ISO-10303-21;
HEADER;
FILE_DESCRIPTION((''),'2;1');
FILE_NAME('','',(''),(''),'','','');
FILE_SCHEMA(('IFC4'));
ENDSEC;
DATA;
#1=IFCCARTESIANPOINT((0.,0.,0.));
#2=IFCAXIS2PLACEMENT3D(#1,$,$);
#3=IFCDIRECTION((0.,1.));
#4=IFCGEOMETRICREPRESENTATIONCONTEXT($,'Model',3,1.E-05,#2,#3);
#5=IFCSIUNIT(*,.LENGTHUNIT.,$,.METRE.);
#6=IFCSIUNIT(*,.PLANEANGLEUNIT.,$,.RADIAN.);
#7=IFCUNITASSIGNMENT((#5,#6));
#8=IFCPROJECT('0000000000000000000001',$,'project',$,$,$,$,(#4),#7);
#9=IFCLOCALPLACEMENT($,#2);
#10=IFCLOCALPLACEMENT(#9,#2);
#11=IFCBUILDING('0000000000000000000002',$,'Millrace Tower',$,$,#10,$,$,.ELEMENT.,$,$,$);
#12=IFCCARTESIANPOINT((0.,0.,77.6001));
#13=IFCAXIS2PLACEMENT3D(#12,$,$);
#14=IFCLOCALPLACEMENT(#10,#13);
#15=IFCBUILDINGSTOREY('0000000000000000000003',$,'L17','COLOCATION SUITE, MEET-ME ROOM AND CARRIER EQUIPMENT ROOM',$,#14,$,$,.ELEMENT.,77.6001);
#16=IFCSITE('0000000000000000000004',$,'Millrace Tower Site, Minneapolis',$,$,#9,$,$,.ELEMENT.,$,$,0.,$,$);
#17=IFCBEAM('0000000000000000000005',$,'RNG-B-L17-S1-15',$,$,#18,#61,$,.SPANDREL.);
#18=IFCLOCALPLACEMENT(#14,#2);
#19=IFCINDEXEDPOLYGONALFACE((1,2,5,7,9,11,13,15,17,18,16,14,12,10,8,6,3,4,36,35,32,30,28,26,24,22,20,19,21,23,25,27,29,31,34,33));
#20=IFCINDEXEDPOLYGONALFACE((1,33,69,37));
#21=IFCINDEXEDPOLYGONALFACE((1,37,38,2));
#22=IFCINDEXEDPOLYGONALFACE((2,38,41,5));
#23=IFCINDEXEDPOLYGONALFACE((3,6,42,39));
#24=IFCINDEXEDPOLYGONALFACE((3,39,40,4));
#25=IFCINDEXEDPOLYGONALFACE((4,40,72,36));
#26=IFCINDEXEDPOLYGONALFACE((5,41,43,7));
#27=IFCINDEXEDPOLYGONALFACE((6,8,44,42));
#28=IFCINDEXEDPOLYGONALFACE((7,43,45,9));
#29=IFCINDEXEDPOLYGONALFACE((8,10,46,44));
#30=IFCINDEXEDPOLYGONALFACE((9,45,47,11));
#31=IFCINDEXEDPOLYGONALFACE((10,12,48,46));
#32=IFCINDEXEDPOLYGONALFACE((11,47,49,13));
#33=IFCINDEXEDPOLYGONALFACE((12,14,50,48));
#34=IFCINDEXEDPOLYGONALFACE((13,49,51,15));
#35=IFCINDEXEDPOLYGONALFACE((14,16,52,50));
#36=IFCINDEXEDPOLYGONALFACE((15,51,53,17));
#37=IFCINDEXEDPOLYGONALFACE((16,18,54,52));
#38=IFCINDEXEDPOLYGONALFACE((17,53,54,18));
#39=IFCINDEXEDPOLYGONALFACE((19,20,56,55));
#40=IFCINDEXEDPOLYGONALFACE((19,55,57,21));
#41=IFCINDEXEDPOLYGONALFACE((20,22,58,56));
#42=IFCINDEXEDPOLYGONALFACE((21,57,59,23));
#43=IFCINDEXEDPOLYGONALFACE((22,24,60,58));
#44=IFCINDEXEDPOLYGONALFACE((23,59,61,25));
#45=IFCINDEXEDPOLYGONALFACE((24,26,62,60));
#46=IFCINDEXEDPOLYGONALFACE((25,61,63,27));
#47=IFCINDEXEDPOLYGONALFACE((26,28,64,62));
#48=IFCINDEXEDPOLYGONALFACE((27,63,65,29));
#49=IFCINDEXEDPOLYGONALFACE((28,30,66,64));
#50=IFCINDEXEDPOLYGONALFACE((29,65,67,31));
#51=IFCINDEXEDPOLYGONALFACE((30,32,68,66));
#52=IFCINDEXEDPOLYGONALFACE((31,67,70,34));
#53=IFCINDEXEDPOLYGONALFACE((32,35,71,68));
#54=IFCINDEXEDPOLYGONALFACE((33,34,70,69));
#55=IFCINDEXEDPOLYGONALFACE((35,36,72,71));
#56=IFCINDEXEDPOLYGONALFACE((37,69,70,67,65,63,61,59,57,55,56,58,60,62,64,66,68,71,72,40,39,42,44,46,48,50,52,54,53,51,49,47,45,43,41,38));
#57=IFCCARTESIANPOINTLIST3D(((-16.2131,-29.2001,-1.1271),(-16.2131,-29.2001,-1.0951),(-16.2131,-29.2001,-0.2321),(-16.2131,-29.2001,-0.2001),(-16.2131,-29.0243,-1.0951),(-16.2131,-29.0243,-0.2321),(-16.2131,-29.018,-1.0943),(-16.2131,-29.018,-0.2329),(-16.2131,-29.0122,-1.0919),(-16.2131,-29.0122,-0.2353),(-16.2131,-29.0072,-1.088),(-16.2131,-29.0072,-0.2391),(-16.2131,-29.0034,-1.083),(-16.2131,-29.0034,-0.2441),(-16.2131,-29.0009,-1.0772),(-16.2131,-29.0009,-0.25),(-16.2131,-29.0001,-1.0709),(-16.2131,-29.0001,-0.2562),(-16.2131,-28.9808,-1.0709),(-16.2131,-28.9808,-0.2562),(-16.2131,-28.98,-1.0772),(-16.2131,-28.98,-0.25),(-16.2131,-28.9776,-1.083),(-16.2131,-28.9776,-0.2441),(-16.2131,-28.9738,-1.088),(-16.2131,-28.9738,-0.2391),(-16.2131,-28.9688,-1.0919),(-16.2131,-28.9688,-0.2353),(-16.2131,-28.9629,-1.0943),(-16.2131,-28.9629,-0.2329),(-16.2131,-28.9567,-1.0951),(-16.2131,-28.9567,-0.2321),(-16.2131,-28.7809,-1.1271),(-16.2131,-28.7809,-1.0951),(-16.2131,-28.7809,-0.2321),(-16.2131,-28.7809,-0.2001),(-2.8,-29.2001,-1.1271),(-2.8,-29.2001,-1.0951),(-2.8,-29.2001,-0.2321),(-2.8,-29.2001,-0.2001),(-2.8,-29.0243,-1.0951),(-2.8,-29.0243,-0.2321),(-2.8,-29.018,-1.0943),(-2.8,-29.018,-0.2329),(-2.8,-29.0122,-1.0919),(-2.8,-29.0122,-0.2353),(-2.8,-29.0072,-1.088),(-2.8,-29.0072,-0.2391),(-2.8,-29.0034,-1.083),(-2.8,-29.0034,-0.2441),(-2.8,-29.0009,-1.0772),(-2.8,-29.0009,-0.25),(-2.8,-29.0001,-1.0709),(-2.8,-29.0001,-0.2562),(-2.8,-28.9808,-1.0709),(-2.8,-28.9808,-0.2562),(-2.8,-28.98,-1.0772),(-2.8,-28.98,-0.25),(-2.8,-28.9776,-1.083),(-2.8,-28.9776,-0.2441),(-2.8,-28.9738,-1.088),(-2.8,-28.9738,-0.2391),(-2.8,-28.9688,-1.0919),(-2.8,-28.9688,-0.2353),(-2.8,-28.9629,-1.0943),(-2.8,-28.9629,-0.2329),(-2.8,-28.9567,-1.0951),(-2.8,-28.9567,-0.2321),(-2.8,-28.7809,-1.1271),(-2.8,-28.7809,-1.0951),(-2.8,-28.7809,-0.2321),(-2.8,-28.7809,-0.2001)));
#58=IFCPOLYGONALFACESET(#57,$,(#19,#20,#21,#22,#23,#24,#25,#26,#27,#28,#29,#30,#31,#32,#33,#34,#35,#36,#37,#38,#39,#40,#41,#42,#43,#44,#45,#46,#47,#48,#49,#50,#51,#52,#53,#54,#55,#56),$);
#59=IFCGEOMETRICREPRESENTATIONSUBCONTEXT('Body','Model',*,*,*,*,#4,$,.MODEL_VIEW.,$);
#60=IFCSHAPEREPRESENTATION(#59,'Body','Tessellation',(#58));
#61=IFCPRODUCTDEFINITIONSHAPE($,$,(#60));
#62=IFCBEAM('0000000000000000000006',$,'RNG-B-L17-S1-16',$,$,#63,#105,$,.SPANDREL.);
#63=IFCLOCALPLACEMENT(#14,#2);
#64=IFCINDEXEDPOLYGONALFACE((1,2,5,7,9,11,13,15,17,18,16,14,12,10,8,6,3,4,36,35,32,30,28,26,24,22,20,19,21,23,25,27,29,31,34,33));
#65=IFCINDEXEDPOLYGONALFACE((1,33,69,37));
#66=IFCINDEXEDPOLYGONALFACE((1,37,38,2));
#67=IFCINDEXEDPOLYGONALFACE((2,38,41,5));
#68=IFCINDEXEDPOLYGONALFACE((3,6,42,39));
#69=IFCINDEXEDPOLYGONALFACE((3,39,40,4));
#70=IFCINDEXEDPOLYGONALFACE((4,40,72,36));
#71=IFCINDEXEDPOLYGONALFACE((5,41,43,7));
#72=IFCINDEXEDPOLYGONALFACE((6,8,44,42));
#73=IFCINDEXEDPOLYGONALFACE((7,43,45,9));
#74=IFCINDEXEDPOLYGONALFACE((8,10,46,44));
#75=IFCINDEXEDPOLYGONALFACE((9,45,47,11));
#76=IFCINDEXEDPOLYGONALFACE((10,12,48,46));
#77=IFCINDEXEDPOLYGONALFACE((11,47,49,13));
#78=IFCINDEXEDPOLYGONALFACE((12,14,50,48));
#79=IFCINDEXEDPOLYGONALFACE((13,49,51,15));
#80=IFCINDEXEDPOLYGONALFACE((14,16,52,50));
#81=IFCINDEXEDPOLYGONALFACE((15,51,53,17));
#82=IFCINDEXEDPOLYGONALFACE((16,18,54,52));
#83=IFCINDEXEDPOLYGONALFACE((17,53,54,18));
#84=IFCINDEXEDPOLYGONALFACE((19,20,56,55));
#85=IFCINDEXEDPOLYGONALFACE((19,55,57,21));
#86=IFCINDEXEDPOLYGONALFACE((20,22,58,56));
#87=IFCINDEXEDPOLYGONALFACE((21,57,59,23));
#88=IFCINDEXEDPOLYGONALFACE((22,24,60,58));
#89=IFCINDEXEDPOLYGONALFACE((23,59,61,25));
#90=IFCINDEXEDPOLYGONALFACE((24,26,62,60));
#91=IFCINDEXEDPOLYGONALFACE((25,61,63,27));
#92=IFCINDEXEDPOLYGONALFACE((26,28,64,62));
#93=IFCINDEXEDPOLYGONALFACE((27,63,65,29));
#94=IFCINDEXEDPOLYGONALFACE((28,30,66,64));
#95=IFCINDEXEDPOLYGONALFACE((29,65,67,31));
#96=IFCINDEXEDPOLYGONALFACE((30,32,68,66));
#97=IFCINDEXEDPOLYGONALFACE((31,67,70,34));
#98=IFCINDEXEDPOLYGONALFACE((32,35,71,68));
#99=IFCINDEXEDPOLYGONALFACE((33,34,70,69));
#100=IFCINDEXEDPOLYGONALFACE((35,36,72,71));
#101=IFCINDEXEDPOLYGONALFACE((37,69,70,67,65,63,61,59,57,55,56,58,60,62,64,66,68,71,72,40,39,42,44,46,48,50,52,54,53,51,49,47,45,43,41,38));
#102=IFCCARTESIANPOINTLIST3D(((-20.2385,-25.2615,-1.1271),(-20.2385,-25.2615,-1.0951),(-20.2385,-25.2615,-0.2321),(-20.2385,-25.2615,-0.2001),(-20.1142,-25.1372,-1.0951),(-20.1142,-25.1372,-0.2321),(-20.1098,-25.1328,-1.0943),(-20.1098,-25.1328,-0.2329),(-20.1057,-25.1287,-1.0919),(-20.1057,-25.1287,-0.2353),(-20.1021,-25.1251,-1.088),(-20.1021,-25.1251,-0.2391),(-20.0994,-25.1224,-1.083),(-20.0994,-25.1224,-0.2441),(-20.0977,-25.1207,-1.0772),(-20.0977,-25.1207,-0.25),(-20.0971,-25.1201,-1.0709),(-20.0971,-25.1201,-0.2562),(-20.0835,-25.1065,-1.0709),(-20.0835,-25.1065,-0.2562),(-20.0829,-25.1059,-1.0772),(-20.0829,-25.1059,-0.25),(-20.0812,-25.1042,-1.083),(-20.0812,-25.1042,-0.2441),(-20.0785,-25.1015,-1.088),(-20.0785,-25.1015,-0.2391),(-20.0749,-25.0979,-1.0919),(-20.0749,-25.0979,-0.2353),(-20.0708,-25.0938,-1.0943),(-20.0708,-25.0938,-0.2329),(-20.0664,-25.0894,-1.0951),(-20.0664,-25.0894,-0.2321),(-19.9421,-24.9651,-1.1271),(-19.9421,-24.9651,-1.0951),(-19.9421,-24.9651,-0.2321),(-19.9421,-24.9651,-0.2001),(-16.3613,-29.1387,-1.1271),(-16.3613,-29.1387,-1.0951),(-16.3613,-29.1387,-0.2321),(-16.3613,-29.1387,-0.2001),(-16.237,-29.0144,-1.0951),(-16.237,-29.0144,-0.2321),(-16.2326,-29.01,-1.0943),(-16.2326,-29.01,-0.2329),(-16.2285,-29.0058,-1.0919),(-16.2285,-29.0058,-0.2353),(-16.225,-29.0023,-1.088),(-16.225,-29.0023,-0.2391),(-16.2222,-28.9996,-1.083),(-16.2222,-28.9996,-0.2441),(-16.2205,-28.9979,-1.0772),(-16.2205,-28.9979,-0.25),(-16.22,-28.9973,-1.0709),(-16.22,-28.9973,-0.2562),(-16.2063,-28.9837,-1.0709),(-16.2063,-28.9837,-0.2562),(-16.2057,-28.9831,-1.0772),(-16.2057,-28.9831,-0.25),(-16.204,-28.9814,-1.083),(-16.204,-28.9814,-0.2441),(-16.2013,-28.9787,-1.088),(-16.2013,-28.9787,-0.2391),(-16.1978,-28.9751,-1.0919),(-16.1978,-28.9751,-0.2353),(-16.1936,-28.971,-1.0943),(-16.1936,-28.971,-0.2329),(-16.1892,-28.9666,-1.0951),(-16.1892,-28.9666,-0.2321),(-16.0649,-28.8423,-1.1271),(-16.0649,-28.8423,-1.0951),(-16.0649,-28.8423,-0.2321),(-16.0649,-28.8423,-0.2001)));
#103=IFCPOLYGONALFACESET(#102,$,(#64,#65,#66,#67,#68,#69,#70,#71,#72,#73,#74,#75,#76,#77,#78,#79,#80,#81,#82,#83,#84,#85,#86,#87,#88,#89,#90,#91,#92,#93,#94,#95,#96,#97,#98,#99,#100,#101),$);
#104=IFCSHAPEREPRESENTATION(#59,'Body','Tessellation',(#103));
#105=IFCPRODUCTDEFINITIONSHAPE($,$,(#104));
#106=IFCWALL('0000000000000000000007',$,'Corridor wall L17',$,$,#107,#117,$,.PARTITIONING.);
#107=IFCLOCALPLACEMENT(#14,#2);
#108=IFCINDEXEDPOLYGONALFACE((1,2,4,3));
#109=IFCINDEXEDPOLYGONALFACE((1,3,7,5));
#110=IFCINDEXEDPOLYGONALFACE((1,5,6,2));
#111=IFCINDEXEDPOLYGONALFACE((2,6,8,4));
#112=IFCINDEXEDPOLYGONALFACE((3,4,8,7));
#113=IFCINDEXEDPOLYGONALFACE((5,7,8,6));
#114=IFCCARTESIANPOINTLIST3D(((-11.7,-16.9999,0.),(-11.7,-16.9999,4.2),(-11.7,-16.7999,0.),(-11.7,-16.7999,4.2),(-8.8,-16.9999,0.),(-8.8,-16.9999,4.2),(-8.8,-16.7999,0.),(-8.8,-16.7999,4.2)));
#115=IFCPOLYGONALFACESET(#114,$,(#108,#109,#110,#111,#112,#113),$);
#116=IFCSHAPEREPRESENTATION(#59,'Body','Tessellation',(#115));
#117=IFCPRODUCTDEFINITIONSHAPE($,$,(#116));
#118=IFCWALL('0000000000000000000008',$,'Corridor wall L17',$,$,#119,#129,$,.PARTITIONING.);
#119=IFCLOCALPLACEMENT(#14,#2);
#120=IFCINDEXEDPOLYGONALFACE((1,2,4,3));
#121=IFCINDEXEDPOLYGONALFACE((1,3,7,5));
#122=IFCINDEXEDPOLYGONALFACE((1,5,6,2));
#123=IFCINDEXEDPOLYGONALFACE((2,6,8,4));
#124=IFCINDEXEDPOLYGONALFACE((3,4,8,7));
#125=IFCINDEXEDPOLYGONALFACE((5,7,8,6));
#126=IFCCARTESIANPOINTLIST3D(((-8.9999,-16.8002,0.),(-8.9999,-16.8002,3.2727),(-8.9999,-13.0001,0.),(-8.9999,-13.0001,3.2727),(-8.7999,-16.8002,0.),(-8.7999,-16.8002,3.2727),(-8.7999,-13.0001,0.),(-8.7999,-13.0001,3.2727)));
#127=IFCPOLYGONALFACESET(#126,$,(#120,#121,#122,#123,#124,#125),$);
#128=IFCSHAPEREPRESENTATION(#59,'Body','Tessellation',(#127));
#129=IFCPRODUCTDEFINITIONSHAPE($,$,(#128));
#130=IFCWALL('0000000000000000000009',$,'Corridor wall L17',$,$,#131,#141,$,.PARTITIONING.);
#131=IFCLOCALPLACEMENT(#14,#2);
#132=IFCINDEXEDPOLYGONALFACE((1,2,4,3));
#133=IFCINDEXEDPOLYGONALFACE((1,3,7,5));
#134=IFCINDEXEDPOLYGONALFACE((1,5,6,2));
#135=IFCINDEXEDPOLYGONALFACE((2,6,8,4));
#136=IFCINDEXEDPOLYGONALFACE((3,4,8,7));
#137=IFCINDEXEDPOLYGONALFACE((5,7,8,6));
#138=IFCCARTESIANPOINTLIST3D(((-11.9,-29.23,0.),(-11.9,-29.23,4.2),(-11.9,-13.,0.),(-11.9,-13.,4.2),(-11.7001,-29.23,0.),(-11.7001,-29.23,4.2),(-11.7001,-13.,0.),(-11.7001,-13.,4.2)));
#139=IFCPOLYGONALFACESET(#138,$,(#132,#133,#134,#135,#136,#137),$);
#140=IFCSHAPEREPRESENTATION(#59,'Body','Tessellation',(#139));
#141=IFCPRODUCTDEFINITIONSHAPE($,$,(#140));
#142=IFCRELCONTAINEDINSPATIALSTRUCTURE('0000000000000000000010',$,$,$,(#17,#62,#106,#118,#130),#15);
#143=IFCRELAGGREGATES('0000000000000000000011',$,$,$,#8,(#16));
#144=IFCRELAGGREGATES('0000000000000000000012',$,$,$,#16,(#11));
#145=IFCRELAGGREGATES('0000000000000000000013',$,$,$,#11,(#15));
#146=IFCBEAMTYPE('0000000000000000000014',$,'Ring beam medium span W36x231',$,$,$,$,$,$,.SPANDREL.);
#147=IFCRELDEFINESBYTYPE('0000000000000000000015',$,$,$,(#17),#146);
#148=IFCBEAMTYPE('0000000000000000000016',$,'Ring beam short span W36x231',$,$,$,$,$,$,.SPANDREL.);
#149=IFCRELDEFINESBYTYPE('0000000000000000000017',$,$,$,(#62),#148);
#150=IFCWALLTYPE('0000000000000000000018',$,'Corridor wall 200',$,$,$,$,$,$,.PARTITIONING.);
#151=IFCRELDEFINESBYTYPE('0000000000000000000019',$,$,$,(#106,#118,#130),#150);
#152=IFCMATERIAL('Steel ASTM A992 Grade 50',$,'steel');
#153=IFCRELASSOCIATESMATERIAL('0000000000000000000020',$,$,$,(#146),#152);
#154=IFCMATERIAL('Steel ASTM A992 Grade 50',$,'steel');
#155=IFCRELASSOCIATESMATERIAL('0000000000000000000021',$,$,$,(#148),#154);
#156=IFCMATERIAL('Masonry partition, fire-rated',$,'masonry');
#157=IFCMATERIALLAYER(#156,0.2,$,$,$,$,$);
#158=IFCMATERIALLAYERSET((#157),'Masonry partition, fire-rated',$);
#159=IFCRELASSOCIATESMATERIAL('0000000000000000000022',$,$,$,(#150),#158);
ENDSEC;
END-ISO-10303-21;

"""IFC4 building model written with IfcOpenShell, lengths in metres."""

from ifc_helpers import new_model, si_unit, direction, frame, frame_2d, origin, origin_2d, place, context, subcontext, project, spatial, rectangle, i_section, extrude, material, layer, layer_set, material_profile, profile_set, type_object, element, save


model = new_model("IFC4")

# Units and contexts
model_context = context("Model", 3, precision=1e-05, world=origin(), true_north=direction((0.0, 1.0)))
body_context = subcontext(model_context, "Body", "Model", "MODEL_VIEW")
ifc_project = project(units=[si_unit("LENGTHUNIT", "METRE"), si_unit("PLANEANGLEUNIT", "RADIAN")], contexts=[model_context])

# Site, building, storey
site_placement = place(None, origin())
site = spatial("IfcSite", under=ifc_project, at=site_placement, Name="Millrace Tower Site, Minneapolis", CompositionType="ELEMENT", RefElevation=0.0)
building_placement = place(site_placement, origin())
building = spatial("IfcBuilding", under=site, at=building_placement, Name="Millrace Tower", CompositionType="ELEMENT")
storey_placement = place(building_placement, frame((0.0, 0.0, 77.6001)))
storey = spatial("IfcBuildingStorey", under=building, at=storey_placement, Name="L17", Description="COLOCATION SUITE, MEET-ME ROOM AND CARRIER EQUIPMENT ROOM", CompositionType="ELEMENT", Elevation=77.6001)

# Beams
ifc_material_1 = material(Name="Steel ASTM A992 Grade 50", Category="steel")
ifc_material_profile_1 = material_profile(ifc_material_1, i_section(OverallWidth=0.4192, OverallDepth=0.927, WebThickness=0.0193, FlangeThickness=0.032, FilletRadius=0.0242, at=origin_2d()))
ifc_profile_set_1 = profile_set([ifc_material_profile_1], Name="Steel ASTM A992 Grade 50")
beam_type_1 = type_object("IfcBeamType", Name="Ring beam medium span W36x231", PredefinedType="SPANDREL", material=ifc_profile_set_1)
beam_1_placement = place(storey_placement, frame((-2.8, -28.9905, -0.6636), z_axis=(-1.0, 0.0, 0.0), x_axis=(0.0, -1.0, 0.0)))
element("IfcBeam", 1, at=beam_1_placement, inside=storey, type_object=beam_type_1, Name="RNG-B-L17-S1-15", PredefinedType="SPANDREL", context=body_context, shape_type="SweptSolid", body=[
    extrude(i_section(OverallWidth=0.4192, OverallDepth=0.927, WebThickness=0.0193, FlangeThickness=0.032, FilletRadius=0.0242, at=origin_2d()), origin(), (0.0, 0.0, 1.0), 13.4131),
])
ifc_material_2 = material(Name="Steel ASTM A992 Grade 50", Category="steel")
ifc_material_profile_2 = material_profile(ifc_material_2, i_section(OverallWidth=0.4192, OverallDepth=0.927, WebThickness=0.0193, FlangeThickness=0.032, FilletRadius=0.0242, at=origin_2d()))
ifc_profile_set_2 = profile_set([ifc_material_profile_2], Name="Steel ASTM A992 Grade 50")
beam_type_2 = type_object("IfcBeamType", Name="Ring beam short span W36x231", PredefinedType="SPANDREL", material=ifc_profile_set_2)
beam_2_placement = place(storey_placement, frame((-16.2131, -28.9905, -0.6636), z_axis=(-0.707107, 0.707107, 0.0), x_axis=(-0.707107, -0.707107, 0.0)))
element("IfcBeam", 2, at=beam_2_placement, inside=storey, type_object=beam_type_2, Name="RNG-B-L17-S1-16", PredefinedType="SPANDREL", context=body_context, shape_type="SweptSolid", body=[
    extrude(i_section(OverallWidth=0.4192, OverallDepth=0.927, WebThickness=0.0193, FlangeThickness=0.032, FilletRadius=0.0242, at=origin_2d()), origin(), (0.0, 0.0, 1.0), 5.4832),
])

# Walls
ifc_material_3 = material(Name="Masonry partition, fire-rated", Category="masonry")
ifc_layer_1 = layer(ifc_material_3, 0.2)
ifc_layer_set_1 = layer_set([ifc_layer_1], Name="Masonry partition, fire-rated")
wall_type = type_object("IfcWallType", Name="Corridor wall 200", PredefinedType="PARTITIONING", material=ifc_layer_set_1)
wall_1_placement = place(storey_placement, frame((-11.7, -16.8999, 0.0), z_axis=(0.0, 0.0, 1.0), x_axis=(1.0, 0.0, 0.0)))
element("IfcWall", 3, at=wall_1_placement, inside=storey, type_object=wall_type, Name="Corridor wall L17", PredefinedType="PARTITIONING", context=body_context, shape_type="SweptSolid", body=[
    extrude(rectangle(XDim=2.8999, YDim=0.2, at=frame_2d((1.45, 0.0))), origin(), (0.0, 0.0, 1.0), 4.2),
])
wall_2_placement = place(storey_placement, frame((-8.8999, -16.8, 0.0), z_axis=(0.0, 0.0, 1.0), x_axis=(0.0, 1.0, 0.0)))
element("IfcWall", 4, at=wall_2_placement, inside=storey, type_object=wall_type, Name="Corridor wall L17", PredefinedType="PARTITIONING", context=body_context, shape_type="SweptSolid", body=[
    extrude(rectangle(XDim=3.8, YDim=0.2, at=frame_2d((1.8999, 0.0))), origin(), (0.0, 0.0, 1.0), 3.2727),
])
wall_3_placement = place(storey_placement, frame((-11.8, -29.23, 0.0), z_axis=(0.0, 0.0, 1.0), x_axis=(0.0, 1.0, 0.0)))
element("IfcWall", 5, at=wall_3_placement, inside=storey, type_object=wall_type, Name="Corridor wall L17", PredefinedType="PARTITIONING", context=body_context, shape_type="SweptSolid", body=[
    extrude(rectangle(XDim=16.23, YDim=0.2, at=frame_2d((8.115, 0.0))), origin(), (0.0, 0.0, 1.0), 4.2),
])

save(model, "model.ifc")
